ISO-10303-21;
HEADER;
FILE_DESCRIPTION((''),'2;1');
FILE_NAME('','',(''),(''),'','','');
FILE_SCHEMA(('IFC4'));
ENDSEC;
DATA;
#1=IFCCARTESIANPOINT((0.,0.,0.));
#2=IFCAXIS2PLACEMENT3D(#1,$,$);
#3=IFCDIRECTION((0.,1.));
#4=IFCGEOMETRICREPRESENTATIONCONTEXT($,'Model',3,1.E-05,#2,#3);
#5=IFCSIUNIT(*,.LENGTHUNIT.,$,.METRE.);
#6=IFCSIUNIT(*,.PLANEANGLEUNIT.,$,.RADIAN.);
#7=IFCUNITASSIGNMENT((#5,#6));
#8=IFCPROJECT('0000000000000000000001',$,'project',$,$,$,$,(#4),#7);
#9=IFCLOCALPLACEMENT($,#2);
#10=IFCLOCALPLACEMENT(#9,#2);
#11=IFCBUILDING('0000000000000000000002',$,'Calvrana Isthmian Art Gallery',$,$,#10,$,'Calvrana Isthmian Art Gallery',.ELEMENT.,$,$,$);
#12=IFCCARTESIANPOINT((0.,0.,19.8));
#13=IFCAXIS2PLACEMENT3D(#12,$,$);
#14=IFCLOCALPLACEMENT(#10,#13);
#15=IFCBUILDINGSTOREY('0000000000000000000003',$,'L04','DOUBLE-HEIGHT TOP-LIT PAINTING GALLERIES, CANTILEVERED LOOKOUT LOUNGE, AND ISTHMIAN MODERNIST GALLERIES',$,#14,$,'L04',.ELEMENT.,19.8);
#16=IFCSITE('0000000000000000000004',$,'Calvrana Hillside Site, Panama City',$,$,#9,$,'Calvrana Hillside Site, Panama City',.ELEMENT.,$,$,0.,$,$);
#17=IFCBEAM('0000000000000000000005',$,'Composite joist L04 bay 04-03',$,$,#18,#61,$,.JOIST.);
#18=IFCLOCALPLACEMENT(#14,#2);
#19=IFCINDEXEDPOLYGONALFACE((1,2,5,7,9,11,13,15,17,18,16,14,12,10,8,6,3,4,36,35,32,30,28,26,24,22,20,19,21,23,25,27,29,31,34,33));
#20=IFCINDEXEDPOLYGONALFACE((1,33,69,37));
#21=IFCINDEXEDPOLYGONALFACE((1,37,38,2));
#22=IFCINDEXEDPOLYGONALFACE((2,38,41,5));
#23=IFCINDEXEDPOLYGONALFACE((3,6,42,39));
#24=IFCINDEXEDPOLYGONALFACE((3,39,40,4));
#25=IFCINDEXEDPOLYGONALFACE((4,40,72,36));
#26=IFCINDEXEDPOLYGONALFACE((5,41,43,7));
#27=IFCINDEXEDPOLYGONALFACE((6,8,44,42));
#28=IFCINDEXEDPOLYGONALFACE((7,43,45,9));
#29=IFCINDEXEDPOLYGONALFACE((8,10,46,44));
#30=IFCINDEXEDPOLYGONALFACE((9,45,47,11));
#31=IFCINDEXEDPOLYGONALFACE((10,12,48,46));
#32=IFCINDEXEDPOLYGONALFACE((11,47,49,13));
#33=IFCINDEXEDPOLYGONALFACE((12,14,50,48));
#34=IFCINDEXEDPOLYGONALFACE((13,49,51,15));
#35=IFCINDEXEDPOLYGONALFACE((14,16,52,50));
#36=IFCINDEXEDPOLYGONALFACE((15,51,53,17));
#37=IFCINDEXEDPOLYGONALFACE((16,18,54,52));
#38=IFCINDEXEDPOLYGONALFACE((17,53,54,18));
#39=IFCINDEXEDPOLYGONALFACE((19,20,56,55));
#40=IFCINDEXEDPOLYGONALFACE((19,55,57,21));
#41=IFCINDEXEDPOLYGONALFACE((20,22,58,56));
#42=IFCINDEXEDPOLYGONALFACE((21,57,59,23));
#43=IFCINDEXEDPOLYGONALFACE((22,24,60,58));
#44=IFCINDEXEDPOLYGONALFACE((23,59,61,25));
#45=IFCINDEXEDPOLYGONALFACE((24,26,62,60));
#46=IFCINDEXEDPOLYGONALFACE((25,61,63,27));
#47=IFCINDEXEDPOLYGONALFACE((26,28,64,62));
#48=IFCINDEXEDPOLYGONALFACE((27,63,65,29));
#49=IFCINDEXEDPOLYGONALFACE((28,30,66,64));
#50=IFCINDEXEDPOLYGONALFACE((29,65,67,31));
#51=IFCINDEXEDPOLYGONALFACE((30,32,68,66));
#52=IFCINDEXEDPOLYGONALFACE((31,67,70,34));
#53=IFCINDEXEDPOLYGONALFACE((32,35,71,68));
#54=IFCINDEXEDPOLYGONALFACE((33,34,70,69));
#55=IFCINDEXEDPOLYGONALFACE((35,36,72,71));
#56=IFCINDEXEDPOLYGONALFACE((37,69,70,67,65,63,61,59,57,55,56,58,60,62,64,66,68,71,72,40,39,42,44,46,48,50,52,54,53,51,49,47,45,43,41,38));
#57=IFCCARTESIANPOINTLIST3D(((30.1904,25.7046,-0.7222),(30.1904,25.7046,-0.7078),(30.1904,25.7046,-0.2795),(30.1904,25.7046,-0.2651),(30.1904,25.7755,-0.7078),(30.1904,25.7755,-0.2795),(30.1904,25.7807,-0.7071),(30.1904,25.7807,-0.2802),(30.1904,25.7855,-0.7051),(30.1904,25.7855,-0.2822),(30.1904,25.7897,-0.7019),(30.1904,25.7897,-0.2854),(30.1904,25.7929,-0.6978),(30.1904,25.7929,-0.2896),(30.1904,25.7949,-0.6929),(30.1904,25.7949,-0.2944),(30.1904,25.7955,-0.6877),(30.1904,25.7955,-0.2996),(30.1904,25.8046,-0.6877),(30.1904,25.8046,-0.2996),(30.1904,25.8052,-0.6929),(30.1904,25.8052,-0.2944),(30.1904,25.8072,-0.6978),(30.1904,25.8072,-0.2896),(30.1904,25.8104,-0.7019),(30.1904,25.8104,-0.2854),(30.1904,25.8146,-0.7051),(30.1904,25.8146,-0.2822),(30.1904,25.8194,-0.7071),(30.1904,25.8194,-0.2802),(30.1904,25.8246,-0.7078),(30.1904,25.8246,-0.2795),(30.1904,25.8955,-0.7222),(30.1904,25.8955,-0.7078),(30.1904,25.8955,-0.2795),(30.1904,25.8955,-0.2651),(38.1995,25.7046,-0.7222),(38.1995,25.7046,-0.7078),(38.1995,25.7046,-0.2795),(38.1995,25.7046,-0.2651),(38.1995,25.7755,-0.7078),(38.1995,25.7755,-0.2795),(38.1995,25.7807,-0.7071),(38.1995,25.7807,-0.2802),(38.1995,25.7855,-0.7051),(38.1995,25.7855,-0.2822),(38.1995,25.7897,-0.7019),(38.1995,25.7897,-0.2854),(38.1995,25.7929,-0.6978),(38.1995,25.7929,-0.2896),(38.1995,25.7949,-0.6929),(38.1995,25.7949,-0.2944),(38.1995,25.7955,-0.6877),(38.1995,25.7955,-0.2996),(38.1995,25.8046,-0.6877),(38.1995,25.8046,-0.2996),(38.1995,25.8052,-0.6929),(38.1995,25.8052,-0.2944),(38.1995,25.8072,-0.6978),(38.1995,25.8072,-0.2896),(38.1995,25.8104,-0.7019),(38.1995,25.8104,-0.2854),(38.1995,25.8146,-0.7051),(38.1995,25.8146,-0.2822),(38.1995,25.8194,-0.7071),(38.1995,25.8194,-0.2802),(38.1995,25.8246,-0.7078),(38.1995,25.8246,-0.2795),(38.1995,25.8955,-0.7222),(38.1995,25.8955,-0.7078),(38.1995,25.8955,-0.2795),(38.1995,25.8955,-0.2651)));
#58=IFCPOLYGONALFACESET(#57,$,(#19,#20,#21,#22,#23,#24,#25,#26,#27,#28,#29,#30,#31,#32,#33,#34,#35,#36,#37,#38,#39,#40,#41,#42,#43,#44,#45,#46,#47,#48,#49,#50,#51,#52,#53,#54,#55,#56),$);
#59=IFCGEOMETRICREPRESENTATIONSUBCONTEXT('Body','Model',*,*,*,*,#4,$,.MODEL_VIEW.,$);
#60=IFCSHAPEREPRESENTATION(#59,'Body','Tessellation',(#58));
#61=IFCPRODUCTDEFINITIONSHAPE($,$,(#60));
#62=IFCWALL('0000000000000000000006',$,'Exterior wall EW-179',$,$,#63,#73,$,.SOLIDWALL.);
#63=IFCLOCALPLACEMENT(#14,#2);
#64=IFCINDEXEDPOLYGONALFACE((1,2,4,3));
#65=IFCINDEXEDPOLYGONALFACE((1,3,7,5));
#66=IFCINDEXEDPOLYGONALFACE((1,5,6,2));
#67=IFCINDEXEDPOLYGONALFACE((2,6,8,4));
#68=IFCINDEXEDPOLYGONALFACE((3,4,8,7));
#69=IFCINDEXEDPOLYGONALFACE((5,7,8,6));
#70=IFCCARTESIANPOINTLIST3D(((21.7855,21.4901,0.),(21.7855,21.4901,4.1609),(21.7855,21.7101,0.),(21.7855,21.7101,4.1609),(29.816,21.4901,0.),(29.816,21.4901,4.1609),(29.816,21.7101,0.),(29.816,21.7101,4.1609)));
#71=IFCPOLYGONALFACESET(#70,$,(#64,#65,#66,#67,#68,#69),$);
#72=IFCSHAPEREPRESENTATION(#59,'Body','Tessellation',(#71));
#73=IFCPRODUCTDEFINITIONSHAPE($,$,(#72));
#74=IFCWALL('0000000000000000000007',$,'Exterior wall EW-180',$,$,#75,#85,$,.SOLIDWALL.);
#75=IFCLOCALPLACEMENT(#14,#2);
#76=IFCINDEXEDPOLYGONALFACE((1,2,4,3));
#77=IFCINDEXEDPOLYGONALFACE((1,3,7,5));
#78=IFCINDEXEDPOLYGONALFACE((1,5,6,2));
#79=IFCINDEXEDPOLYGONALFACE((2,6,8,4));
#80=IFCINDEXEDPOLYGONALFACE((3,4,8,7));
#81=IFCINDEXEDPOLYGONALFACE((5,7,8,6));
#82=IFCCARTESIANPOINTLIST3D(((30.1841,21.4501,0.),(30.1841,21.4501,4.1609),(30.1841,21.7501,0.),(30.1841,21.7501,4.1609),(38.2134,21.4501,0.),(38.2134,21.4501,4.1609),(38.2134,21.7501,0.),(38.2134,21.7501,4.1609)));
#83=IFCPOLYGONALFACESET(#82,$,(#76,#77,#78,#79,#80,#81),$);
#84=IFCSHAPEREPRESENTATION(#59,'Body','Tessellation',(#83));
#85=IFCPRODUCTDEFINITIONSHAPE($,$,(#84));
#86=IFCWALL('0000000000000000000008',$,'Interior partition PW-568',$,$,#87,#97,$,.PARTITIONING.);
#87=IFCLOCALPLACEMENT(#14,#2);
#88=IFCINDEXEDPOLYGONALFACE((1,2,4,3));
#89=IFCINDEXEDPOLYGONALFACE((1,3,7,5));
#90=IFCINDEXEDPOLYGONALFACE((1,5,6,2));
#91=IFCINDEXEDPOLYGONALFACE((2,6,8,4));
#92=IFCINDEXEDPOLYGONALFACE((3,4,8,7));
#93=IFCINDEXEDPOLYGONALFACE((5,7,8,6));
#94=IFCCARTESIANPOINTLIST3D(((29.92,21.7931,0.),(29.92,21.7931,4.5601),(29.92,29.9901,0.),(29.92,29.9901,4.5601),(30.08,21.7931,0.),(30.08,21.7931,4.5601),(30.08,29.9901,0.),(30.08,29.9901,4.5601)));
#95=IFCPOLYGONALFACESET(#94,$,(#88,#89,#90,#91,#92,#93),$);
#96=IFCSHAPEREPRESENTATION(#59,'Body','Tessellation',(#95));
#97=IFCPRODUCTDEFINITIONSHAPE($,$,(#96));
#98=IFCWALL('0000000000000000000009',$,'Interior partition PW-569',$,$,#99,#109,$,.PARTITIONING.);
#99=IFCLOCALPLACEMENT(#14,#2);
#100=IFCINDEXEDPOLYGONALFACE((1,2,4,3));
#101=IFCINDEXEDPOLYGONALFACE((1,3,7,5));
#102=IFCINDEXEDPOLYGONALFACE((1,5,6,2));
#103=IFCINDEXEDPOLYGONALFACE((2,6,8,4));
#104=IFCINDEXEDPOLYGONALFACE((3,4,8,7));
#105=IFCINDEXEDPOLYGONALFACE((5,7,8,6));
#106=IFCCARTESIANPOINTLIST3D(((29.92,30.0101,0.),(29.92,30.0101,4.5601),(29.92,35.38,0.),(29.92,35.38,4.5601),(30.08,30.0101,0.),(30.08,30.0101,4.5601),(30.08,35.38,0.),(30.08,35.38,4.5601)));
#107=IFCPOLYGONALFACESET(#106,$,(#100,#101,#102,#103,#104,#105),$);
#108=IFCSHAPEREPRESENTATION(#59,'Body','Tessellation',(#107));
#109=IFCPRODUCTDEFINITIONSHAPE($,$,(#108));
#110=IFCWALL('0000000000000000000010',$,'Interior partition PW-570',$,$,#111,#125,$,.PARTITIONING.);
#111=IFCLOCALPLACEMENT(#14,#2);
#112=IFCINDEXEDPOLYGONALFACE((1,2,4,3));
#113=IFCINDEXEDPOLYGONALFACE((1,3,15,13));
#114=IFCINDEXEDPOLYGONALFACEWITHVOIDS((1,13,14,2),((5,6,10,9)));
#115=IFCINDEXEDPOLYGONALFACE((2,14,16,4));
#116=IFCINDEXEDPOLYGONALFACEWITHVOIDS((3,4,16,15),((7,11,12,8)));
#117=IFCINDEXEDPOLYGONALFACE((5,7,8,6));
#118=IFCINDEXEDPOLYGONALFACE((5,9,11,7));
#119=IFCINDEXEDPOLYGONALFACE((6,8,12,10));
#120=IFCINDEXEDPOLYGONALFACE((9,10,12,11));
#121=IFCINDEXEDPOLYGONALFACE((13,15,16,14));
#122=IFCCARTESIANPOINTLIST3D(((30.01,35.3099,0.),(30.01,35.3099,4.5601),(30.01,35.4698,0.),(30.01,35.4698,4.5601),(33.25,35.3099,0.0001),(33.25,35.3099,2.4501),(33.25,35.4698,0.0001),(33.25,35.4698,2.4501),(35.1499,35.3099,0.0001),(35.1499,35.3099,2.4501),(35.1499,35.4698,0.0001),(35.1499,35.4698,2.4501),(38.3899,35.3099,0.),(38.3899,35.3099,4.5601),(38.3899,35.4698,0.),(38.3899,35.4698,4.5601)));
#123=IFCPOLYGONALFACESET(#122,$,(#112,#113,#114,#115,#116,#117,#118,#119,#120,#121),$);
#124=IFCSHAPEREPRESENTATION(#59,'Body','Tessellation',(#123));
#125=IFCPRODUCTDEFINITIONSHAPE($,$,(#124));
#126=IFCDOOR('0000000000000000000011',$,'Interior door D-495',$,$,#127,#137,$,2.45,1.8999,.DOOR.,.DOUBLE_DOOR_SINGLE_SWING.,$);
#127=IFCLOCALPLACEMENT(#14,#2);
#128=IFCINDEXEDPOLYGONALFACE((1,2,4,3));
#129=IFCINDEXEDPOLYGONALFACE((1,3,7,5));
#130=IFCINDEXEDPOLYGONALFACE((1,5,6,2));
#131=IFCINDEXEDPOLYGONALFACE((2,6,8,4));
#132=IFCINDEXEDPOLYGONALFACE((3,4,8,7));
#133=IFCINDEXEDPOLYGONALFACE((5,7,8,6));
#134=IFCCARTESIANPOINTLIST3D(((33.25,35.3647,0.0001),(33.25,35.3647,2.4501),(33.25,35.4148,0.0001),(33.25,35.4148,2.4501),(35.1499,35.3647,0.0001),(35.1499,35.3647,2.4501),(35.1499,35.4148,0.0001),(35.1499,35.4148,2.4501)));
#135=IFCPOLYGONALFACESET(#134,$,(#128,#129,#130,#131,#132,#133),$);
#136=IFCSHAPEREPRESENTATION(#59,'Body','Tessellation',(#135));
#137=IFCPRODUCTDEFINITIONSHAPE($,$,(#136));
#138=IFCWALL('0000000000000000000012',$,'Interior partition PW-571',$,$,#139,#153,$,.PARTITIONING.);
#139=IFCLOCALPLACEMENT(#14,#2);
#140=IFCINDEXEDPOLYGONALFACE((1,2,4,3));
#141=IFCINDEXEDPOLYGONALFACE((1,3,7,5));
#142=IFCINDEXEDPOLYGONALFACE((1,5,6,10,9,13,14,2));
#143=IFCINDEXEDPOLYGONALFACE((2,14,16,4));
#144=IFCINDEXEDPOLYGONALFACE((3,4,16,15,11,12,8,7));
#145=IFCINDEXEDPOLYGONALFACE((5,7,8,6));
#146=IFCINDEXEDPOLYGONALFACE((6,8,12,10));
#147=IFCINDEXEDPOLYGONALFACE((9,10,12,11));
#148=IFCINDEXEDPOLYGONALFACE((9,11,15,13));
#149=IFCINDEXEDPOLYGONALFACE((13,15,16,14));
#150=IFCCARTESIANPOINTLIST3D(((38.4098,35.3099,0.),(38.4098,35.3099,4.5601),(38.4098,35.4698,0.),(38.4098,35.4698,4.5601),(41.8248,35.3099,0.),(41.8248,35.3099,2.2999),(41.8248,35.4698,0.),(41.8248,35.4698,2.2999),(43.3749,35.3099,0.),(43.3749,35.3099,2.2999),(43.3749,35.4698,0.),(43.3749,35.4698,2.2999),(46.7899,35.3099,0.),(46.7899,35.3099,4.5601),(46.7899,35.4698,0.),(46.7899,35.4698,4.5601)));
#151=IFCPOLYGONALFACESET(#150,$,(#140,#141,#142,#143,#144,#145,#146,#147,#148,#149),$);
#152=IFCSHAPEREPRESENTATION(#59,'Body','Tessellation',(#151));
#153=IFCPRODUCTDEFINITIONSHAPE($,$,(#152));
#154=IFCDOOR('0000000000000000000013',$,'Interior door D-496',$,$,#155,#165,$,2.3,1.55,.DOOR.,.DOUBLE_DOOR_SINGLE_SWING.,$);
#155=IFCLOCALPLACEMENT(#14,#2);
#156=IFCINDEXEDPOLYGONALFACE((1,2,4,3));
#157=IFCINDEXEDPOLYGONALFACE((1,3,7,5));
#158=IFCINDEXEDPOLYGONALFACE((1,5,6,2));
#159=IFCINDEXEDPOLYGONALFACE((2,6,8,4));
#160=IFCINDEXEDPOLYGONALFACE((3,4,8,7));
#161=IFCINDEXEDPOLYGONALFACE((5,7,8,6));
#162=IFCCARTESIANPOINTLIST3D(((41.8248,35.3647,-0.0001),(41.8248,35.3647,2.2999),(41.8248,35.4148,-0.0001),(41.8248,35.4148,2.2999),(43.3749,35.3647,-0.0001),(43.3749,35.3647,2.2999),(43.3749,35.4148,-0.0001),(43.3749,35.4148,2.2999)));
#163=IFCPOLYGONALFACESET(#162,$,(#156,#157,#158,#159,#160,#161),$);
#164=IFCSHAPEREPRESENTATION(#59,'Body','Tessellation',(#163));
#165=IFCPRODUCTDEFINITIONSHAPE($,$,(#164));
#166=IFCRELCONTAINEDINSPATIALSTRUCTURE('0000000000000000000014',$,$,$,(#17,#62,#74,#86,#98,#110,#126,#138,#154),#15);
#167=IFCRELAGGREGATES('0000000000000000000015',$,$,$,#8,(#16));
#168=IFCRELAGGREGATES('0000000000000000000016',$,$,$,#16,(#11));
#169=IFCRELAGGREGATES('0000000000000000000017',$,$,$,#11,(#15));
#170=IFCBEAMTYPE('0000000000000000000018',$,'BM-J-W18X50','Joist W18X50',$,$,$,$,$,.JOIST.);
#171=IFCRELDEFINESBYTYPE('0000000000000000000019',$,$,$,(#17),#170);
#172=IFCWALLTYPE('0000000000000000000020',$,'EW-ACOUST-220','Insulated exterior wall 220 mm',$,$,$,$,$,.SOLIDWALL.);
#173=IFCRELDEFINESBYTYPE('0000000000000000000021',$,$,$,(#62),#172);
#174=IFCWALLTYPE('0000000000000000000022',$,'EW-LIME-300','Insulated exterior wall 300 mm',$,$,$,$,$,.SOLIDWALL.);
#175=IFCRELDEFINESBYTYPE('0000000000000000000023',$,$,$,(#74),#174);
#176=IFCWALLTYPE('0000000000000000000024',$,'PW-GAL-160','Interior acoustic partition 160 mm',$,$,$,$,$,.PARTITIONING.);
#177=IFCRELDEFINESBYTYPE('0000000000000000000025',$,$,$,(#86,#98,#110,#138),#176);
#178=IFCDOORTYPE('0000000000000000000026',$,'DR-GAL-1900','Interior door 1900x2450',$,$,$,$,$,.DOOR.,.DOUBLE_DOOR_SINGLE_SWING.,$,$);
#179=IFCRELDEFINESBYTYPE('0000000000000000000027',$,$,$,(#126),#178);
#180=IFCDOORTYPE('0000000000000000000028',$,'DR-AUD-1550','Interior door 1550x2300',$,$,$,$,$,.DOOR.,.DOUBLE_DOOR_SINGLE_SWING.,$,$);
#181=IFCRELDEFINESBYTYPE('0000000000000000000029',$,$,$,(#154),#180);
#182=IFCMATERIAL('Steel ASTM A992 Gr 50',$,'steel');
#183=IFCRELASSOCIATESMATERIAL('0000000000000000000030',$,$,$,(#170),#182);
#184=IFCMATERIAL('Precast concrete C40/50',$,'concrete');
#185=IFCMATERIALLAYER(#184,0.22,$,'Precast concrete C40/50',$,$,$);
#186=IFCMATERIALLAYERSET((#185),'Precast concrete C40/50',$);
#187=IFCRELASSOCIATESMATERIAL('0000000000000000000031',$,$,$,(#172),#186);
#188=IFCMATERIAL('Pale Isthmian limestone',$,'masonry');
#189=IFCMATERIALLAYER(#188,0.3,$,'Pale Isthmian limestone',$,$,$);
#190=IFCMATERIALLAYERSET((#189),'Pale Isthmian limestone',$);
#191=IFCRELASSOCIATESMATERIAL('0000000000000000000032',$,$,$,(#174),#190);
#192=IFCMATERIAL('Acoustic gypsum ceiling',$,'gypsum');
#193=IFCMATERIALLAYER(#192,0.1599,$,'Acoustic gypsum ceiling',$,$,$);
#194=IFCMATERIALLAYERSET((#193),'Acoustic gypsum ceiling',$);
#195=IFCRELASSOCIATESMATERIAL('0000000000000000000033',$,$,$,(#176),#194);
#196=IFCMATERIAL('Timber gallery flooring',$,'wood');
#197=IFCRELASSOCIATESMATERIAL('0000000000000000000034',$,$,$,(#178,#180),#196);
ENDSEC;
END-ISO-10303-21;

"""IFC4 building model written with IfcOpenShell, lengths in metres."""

from ifc_helpers import new_model, si_unit, direction, frame, frame_2d, origin, origin_2d, place, context, subcontext, project, spatial, rectangle, i_section, extrude, material, layer, layer_set, material_profile, profile_set, type_object, element, fill, save


model = new_model("IFC4")

# Units and contexts
model_context = context("Model", 3, precision=1e-05, world=origin(), true_north=direction((0.0, 1.0)))
body_context = subcontext(model_context, "Body", "Model", "MODEL_VIEW")
ifc_project = project(units=[si_unit("LENGTHUNIT", "METRE"), si_unit("PLANEANGLEUNIT", "RADIAN")], contexts=[model_context])

# Site, building, storey
site_placement = place(None, origin())
site = spatial("IfcSite", under=ifc_project, at=site_placement, Name="Calvrana Hillside Site, Panama City", LongName="Calvrana Hillside Site, Panama City", CompositionType="ELEMENT", RefElevation=0.0)
building_placement = place(site_placement, origin())
building = spatial("IfcBuilding", under=site, at=building_placement, Name="Calvrana Isthmian Art Gallery", LongName="Calvrana Isthmian Art Gallery", CompositionType="ELEMENT")
storey_placement = place(building_placement, frame((0.0, 0.0, 19.8)))
storey = spatial("IfcBuildingStorey", under=building, at=storey_placement, Name="L04", Description="DOUBLE-HEIGHT TOP-LIT PAINTING GALLERIES, CANTILEVERED LOOKOUT LOUNGE, AND ISTHMIAN MODERNIST GALLERIES", LongName="L04", CompositionType="ELEMENT", Elevation=19.8)

# Shared definitions
ifc_material_1 = material(Name="Steel ASTM A992 Gr 50", Category="steel")

# Beam
ifc_material_profile_1 = material_profile(ifc_material_1, i_section(OverallWidth=0.1909, OverallDepth=0.457, WebThickness=0.009, FlangeThickness=0.0144, FilletRadius=0.02, at=origin_2d()), Name="W18X50")
ifc_profile_set_1 = profile_set([ifc_material_profile_1], Name="Steel ASTM A992 Gr 50")
beam_type_1 = type_object("IfcBeamType", Name="BM-J-W18X50", Description="Joist W18X50", PredefinedType="JOIST", material=ifc_profile_set_1)
beam_1_placement = place(storey_placement, frame((30.1904, 25.8, -0.4937), z_axis=(1.0, 0.0, 0.0), x_axis=(0.0, 1.0, 0.0)))
element("IfcBeam", 1, at=beam_1_placement, inside=storey, type_object=beam_type_1, Name="Composite joist L04 bay 04-03", PredefinedType="JOIST", context=body_context, shape_type="SweptSolid", body=[
    extrude(i_section(OverallWidth=0.1909, OverallDepth=0.457, WebThickness=0.009, FlangeThickness=0.0144, FilletRadius=0.02, at=origin_2d()), origin(), (0.0, 0.0, 1.0), 8.009),
])

# Walls
ifc_material_2 = material(Name="Precast concrete C40/50", Category="concrete")
ifc_layer_1 = layer(ifc_material_2, 0.22, Name="Precast concrete C40/50")
ifc_layer_set_1 = layer_set([ifc_layer_1], Name="Precast concrete C40/50")
wall_type_1 = type_object("IfcWallType", Name="EW-ACOUST-220", Description="Insulated exterior wall 220 mm", PredefinedType="SOLIDWALL", material=ifc_layer_set_1)
wall_1_placement = place(storey_placement, frame((29.8159, 21.6001, 0.0), z_axis=(0.0, 0.0, 1.0), x_axis=(-1.0, 0.0, 0.0)))
element("IfcWall", 2, at=wall_1_placement, inside=storey, type_object=wall_type_1, Name="Exterior wall EW-179", PredefinedType="SOLIDWALL", context=body_context, shape_type="SweptSolid", body=[
    extrude(rectangle(XDim=8.0305, YDim=0.22, at=frame_2d((4.0151, 0.0))), origin(), (0.0, 0.0, 1.0), 4.1609),
])
ifc_material_3 = material(Name="Pale Isthmian limestone", Category="masonry")
ifc_layer_2 = layer(ifc_material_3, 0.3, Name="Pale Isthmian limestone")
ifc_layer_set_2 = layer_set([ifc_layer_2], Name="Pale Isthmian limestone")
wall_type_2 = type_object("IfcWallType", Name="EW-LIME-300", Description="Insulated exterior wall 300 mm", PredefinedType="SOLIDWALL", material=ifc_layer_set_2)
wall_2_placement = place(storey_placement, frame((38.2134, 21.6001, 0.0), z_axis=(0.0, 0.0, 1.0), x_axis=(-1.0, 0.0, 0.0)))
element("IfcWall", 3, at=wall_2_placement, inside=storey, type_object=wall_type_2, Name="Exterior wall EW-180", PredefinedType="SOLIDWALL", context=body_context, shape_type="SweptSolid", body=[
    extrude(rectangle(XDim=8.0293, YDim=0.3, at=frame_2d((4.0146, 0.0))), origin(), (0.0, 0.0, 1.0), 4.1609),
])
ifc_material_4 = material(Name="Acoustic gypsum ceiling", Category="gypsum")
ifc_layer_3 = layer(ifc_material_4, 0.1599, Name="Acoustic gypsum ceiling")
ifc_layer_set_3 = layer_set([ifc_layer_3], Name="Acoustic gypsum ceiling")
wall_type_3 = type_object("IfcWallType", Name="PW-GAL-160", Description="Interior acoustic partition 160 mm", PredefinedType="PARTITIONING", material=ifc_layer_set_3)
wall_3_placement = place(storey_placement, frame((30.0, 21.793, 0.0), z_axis=(0.0, 0.0, 1.0), x_axis=(0.0, 1.0, 0.0)))
element("IfcWall", 4, at=wall_3_placement, inside=storey, type_object=wall_type_3, Name="Interior partition PW-568", PredefinedType="PARTITIONING", context=body_context, shape_type="SweptSolid", body=[
    extrude(rectangle(XDim=8.197, YDim=0.1599, at=frame_2d((4.0986, 0.0))), origin(), (0.0, 0.0, 1.0), 4.5601),
])
wall_4_placement = place(storey_placement, frame((30.0, 30.01, 0.0), z_axis=(0.0, 0.0, 1.0), x_axis=(0.0, 1.0, 0.0)))
element("IfcWall", 5, at=wall_4_placement, inside=storey, type_object=wall_type_3, Name="Interior partition PW-569", PredefinedType="PARTITIONING", context=body_context, shape_type="SweptSolid", body=[
    extrude(rectangle(XDim=5.3699, YDim=0.1599, at=frame_2d((2.6851, 0.0))), origin(), (0.0, 0.0, 1.0), 4.5601),
])

# Walls, openings, doors
wall_5_placement = place(storey_placement, frame((30.01, 35.3899, 0.0), z_axis=(0.0, 0.0, 1.0), x_axis=(1.0, 0.0, 0.0)))
wall_5 = element("IfcWall", 6, at=wall_5_placement, inside=storey, type_object=wall_type_3, Name="Interior partition PW-570", PredefinedType="PARTITIONING", context=body_context, shape_type="SweptSolid", body=[
    extrude(rectangle(XDim=8.3799, YDim=0.1599, at=frame_2d((4.1899, 0.0))), origin(), (0.0, 0.0, 1.0), 4.5601),
])
opening_1_placement = place(wall_5_placement, frame((3.24, 0.0, 0.0)))
opening_1 = element("IfcOpeningElement", 7, at=opening_1_placement, cuts=wall_5, PredefinedType="OPENING", context=body_context, shape_type="SweptSolid", body=[
    extrude(rectangle(XDim=1.8999, YDim=2.45, at=frame_2d((0.95, 1.2251))), frame((0.0, 0.0903, 0.0), z_axis=(0.0, -1.0, 0.0), x_axis=(1.0, 0.0, 0.0)), (0.0, 0.0, 1.0), 0.1804),
])
ifc_material_5 = material(Name="Timber gallery flooring", Category="wood")
door_type_1 = type_object("IfcDoorType", Name="DR-GAL-1900", Description="Interior door 1900x2450", OperationType="DOUBLE_DOOR_SINGLE_SWING", PredefinedType="DOOR", material=ifc_material_5)
door_1_placement = place(opening_1_placement, origin())
door_1 = element("IfcDoor", 8, at=door_1_placement, inside=storey, type_object=door_type_1, Name="Interior door D-495", OperationType="DOUBLE_DOOR_SINGLE_SWING", OverallHeight=2.45, OverallWidth=1.8999, PredefinedType="DOOR", context=body_context, shape_type="SweptSolid", body=[
    extrude(rectangle(XDim=1.8999, YDim=2.45, at=frame_2d((0.95, 1.2251))), frame((0.0, 0.0249, 0.0), z_axis=(0.0, -1.0, 0.0), x_axis=(1.0, 0.0, 0.0)), (0.0, 0.0, 1.0), 0.05),
])
fill(opening_1, door_1)
wall_6_placement = place(storey_placement, frame((38.4099, 35.3899, 0.0), z_axis=(0.0, 0.0, 1.0), x_axis=(1.0, 0.0, 0.0)))
wall_6 = element("IfcWall", 9, at=wall_6_placement, inside=storey, type_object=wall_type_3, Name="Interior partition PW-571", PredefinedType="PARTITIONING", context=body_context, shape_type="SweptSolid", body=[
    extrude(rectangle(XDim=8.3801, YDim=0.1599, at=frame_2d((4.1899, 0.0))), origin(), (0.0, 0.0, 1.0), 4.5601),
])
opening_2_placement = place(wall_6_placement, frame((3.415, 0.0, 0.0)))
opening_2 = element("IfcOpeningElement", 10, at=opening_2_placement, cuts=wall_6, PredefinedType="OPENING", context=body_context, shape_type="SweptSolid", body=[
    extrude(rectangle(XDim=1.55, YDim=2.3, at=frame_2d((0.7749, 1.1499))), frame((0.0, 0.0903, 0.0), z_axis=(0.0, -1.0, 0.0), x_axis=(1.0, 0.0, 0.0)), (0.0, 0.0, 1.0), 0.1804),
])
door_type_2 = type_object("IfcDoorType", Name="DR-AUD-1550", Description="Interior door 1550x2300", OperationType="DOUBLE_DOOR_SINGLE_SWING", PredefinedType="DOOR", material=ifc_material_5)
door_2_placement = place(opening_2_placement, origin())
door_2 = element("IfcDoor", 11, at=door_2_placement, inside=storey, type_object=door_type_2, Name="Interior door D-496", OperationType="DOUBLE_DOOR_SINGLE_SWING", OverallHeight=2.3, OverallWidth=1.55, PredefinedType="DOOR", context=body_context, shape_type="SweptSolid", body=[
    extrude(rectangle(XDim=1.55, YDim=2.3, at=frame_2d((0.7749, 1.1499))), frame((0.0, 0.0249, 0.0), z_axis=(0.0, -1.0, 0.0), x_axis=(1.0, 0.0, 0.0)), (0.0, 0.0, 1.0), 0.05),
])
fill(opening_2, door_2)

save(model, "model.ifc")
